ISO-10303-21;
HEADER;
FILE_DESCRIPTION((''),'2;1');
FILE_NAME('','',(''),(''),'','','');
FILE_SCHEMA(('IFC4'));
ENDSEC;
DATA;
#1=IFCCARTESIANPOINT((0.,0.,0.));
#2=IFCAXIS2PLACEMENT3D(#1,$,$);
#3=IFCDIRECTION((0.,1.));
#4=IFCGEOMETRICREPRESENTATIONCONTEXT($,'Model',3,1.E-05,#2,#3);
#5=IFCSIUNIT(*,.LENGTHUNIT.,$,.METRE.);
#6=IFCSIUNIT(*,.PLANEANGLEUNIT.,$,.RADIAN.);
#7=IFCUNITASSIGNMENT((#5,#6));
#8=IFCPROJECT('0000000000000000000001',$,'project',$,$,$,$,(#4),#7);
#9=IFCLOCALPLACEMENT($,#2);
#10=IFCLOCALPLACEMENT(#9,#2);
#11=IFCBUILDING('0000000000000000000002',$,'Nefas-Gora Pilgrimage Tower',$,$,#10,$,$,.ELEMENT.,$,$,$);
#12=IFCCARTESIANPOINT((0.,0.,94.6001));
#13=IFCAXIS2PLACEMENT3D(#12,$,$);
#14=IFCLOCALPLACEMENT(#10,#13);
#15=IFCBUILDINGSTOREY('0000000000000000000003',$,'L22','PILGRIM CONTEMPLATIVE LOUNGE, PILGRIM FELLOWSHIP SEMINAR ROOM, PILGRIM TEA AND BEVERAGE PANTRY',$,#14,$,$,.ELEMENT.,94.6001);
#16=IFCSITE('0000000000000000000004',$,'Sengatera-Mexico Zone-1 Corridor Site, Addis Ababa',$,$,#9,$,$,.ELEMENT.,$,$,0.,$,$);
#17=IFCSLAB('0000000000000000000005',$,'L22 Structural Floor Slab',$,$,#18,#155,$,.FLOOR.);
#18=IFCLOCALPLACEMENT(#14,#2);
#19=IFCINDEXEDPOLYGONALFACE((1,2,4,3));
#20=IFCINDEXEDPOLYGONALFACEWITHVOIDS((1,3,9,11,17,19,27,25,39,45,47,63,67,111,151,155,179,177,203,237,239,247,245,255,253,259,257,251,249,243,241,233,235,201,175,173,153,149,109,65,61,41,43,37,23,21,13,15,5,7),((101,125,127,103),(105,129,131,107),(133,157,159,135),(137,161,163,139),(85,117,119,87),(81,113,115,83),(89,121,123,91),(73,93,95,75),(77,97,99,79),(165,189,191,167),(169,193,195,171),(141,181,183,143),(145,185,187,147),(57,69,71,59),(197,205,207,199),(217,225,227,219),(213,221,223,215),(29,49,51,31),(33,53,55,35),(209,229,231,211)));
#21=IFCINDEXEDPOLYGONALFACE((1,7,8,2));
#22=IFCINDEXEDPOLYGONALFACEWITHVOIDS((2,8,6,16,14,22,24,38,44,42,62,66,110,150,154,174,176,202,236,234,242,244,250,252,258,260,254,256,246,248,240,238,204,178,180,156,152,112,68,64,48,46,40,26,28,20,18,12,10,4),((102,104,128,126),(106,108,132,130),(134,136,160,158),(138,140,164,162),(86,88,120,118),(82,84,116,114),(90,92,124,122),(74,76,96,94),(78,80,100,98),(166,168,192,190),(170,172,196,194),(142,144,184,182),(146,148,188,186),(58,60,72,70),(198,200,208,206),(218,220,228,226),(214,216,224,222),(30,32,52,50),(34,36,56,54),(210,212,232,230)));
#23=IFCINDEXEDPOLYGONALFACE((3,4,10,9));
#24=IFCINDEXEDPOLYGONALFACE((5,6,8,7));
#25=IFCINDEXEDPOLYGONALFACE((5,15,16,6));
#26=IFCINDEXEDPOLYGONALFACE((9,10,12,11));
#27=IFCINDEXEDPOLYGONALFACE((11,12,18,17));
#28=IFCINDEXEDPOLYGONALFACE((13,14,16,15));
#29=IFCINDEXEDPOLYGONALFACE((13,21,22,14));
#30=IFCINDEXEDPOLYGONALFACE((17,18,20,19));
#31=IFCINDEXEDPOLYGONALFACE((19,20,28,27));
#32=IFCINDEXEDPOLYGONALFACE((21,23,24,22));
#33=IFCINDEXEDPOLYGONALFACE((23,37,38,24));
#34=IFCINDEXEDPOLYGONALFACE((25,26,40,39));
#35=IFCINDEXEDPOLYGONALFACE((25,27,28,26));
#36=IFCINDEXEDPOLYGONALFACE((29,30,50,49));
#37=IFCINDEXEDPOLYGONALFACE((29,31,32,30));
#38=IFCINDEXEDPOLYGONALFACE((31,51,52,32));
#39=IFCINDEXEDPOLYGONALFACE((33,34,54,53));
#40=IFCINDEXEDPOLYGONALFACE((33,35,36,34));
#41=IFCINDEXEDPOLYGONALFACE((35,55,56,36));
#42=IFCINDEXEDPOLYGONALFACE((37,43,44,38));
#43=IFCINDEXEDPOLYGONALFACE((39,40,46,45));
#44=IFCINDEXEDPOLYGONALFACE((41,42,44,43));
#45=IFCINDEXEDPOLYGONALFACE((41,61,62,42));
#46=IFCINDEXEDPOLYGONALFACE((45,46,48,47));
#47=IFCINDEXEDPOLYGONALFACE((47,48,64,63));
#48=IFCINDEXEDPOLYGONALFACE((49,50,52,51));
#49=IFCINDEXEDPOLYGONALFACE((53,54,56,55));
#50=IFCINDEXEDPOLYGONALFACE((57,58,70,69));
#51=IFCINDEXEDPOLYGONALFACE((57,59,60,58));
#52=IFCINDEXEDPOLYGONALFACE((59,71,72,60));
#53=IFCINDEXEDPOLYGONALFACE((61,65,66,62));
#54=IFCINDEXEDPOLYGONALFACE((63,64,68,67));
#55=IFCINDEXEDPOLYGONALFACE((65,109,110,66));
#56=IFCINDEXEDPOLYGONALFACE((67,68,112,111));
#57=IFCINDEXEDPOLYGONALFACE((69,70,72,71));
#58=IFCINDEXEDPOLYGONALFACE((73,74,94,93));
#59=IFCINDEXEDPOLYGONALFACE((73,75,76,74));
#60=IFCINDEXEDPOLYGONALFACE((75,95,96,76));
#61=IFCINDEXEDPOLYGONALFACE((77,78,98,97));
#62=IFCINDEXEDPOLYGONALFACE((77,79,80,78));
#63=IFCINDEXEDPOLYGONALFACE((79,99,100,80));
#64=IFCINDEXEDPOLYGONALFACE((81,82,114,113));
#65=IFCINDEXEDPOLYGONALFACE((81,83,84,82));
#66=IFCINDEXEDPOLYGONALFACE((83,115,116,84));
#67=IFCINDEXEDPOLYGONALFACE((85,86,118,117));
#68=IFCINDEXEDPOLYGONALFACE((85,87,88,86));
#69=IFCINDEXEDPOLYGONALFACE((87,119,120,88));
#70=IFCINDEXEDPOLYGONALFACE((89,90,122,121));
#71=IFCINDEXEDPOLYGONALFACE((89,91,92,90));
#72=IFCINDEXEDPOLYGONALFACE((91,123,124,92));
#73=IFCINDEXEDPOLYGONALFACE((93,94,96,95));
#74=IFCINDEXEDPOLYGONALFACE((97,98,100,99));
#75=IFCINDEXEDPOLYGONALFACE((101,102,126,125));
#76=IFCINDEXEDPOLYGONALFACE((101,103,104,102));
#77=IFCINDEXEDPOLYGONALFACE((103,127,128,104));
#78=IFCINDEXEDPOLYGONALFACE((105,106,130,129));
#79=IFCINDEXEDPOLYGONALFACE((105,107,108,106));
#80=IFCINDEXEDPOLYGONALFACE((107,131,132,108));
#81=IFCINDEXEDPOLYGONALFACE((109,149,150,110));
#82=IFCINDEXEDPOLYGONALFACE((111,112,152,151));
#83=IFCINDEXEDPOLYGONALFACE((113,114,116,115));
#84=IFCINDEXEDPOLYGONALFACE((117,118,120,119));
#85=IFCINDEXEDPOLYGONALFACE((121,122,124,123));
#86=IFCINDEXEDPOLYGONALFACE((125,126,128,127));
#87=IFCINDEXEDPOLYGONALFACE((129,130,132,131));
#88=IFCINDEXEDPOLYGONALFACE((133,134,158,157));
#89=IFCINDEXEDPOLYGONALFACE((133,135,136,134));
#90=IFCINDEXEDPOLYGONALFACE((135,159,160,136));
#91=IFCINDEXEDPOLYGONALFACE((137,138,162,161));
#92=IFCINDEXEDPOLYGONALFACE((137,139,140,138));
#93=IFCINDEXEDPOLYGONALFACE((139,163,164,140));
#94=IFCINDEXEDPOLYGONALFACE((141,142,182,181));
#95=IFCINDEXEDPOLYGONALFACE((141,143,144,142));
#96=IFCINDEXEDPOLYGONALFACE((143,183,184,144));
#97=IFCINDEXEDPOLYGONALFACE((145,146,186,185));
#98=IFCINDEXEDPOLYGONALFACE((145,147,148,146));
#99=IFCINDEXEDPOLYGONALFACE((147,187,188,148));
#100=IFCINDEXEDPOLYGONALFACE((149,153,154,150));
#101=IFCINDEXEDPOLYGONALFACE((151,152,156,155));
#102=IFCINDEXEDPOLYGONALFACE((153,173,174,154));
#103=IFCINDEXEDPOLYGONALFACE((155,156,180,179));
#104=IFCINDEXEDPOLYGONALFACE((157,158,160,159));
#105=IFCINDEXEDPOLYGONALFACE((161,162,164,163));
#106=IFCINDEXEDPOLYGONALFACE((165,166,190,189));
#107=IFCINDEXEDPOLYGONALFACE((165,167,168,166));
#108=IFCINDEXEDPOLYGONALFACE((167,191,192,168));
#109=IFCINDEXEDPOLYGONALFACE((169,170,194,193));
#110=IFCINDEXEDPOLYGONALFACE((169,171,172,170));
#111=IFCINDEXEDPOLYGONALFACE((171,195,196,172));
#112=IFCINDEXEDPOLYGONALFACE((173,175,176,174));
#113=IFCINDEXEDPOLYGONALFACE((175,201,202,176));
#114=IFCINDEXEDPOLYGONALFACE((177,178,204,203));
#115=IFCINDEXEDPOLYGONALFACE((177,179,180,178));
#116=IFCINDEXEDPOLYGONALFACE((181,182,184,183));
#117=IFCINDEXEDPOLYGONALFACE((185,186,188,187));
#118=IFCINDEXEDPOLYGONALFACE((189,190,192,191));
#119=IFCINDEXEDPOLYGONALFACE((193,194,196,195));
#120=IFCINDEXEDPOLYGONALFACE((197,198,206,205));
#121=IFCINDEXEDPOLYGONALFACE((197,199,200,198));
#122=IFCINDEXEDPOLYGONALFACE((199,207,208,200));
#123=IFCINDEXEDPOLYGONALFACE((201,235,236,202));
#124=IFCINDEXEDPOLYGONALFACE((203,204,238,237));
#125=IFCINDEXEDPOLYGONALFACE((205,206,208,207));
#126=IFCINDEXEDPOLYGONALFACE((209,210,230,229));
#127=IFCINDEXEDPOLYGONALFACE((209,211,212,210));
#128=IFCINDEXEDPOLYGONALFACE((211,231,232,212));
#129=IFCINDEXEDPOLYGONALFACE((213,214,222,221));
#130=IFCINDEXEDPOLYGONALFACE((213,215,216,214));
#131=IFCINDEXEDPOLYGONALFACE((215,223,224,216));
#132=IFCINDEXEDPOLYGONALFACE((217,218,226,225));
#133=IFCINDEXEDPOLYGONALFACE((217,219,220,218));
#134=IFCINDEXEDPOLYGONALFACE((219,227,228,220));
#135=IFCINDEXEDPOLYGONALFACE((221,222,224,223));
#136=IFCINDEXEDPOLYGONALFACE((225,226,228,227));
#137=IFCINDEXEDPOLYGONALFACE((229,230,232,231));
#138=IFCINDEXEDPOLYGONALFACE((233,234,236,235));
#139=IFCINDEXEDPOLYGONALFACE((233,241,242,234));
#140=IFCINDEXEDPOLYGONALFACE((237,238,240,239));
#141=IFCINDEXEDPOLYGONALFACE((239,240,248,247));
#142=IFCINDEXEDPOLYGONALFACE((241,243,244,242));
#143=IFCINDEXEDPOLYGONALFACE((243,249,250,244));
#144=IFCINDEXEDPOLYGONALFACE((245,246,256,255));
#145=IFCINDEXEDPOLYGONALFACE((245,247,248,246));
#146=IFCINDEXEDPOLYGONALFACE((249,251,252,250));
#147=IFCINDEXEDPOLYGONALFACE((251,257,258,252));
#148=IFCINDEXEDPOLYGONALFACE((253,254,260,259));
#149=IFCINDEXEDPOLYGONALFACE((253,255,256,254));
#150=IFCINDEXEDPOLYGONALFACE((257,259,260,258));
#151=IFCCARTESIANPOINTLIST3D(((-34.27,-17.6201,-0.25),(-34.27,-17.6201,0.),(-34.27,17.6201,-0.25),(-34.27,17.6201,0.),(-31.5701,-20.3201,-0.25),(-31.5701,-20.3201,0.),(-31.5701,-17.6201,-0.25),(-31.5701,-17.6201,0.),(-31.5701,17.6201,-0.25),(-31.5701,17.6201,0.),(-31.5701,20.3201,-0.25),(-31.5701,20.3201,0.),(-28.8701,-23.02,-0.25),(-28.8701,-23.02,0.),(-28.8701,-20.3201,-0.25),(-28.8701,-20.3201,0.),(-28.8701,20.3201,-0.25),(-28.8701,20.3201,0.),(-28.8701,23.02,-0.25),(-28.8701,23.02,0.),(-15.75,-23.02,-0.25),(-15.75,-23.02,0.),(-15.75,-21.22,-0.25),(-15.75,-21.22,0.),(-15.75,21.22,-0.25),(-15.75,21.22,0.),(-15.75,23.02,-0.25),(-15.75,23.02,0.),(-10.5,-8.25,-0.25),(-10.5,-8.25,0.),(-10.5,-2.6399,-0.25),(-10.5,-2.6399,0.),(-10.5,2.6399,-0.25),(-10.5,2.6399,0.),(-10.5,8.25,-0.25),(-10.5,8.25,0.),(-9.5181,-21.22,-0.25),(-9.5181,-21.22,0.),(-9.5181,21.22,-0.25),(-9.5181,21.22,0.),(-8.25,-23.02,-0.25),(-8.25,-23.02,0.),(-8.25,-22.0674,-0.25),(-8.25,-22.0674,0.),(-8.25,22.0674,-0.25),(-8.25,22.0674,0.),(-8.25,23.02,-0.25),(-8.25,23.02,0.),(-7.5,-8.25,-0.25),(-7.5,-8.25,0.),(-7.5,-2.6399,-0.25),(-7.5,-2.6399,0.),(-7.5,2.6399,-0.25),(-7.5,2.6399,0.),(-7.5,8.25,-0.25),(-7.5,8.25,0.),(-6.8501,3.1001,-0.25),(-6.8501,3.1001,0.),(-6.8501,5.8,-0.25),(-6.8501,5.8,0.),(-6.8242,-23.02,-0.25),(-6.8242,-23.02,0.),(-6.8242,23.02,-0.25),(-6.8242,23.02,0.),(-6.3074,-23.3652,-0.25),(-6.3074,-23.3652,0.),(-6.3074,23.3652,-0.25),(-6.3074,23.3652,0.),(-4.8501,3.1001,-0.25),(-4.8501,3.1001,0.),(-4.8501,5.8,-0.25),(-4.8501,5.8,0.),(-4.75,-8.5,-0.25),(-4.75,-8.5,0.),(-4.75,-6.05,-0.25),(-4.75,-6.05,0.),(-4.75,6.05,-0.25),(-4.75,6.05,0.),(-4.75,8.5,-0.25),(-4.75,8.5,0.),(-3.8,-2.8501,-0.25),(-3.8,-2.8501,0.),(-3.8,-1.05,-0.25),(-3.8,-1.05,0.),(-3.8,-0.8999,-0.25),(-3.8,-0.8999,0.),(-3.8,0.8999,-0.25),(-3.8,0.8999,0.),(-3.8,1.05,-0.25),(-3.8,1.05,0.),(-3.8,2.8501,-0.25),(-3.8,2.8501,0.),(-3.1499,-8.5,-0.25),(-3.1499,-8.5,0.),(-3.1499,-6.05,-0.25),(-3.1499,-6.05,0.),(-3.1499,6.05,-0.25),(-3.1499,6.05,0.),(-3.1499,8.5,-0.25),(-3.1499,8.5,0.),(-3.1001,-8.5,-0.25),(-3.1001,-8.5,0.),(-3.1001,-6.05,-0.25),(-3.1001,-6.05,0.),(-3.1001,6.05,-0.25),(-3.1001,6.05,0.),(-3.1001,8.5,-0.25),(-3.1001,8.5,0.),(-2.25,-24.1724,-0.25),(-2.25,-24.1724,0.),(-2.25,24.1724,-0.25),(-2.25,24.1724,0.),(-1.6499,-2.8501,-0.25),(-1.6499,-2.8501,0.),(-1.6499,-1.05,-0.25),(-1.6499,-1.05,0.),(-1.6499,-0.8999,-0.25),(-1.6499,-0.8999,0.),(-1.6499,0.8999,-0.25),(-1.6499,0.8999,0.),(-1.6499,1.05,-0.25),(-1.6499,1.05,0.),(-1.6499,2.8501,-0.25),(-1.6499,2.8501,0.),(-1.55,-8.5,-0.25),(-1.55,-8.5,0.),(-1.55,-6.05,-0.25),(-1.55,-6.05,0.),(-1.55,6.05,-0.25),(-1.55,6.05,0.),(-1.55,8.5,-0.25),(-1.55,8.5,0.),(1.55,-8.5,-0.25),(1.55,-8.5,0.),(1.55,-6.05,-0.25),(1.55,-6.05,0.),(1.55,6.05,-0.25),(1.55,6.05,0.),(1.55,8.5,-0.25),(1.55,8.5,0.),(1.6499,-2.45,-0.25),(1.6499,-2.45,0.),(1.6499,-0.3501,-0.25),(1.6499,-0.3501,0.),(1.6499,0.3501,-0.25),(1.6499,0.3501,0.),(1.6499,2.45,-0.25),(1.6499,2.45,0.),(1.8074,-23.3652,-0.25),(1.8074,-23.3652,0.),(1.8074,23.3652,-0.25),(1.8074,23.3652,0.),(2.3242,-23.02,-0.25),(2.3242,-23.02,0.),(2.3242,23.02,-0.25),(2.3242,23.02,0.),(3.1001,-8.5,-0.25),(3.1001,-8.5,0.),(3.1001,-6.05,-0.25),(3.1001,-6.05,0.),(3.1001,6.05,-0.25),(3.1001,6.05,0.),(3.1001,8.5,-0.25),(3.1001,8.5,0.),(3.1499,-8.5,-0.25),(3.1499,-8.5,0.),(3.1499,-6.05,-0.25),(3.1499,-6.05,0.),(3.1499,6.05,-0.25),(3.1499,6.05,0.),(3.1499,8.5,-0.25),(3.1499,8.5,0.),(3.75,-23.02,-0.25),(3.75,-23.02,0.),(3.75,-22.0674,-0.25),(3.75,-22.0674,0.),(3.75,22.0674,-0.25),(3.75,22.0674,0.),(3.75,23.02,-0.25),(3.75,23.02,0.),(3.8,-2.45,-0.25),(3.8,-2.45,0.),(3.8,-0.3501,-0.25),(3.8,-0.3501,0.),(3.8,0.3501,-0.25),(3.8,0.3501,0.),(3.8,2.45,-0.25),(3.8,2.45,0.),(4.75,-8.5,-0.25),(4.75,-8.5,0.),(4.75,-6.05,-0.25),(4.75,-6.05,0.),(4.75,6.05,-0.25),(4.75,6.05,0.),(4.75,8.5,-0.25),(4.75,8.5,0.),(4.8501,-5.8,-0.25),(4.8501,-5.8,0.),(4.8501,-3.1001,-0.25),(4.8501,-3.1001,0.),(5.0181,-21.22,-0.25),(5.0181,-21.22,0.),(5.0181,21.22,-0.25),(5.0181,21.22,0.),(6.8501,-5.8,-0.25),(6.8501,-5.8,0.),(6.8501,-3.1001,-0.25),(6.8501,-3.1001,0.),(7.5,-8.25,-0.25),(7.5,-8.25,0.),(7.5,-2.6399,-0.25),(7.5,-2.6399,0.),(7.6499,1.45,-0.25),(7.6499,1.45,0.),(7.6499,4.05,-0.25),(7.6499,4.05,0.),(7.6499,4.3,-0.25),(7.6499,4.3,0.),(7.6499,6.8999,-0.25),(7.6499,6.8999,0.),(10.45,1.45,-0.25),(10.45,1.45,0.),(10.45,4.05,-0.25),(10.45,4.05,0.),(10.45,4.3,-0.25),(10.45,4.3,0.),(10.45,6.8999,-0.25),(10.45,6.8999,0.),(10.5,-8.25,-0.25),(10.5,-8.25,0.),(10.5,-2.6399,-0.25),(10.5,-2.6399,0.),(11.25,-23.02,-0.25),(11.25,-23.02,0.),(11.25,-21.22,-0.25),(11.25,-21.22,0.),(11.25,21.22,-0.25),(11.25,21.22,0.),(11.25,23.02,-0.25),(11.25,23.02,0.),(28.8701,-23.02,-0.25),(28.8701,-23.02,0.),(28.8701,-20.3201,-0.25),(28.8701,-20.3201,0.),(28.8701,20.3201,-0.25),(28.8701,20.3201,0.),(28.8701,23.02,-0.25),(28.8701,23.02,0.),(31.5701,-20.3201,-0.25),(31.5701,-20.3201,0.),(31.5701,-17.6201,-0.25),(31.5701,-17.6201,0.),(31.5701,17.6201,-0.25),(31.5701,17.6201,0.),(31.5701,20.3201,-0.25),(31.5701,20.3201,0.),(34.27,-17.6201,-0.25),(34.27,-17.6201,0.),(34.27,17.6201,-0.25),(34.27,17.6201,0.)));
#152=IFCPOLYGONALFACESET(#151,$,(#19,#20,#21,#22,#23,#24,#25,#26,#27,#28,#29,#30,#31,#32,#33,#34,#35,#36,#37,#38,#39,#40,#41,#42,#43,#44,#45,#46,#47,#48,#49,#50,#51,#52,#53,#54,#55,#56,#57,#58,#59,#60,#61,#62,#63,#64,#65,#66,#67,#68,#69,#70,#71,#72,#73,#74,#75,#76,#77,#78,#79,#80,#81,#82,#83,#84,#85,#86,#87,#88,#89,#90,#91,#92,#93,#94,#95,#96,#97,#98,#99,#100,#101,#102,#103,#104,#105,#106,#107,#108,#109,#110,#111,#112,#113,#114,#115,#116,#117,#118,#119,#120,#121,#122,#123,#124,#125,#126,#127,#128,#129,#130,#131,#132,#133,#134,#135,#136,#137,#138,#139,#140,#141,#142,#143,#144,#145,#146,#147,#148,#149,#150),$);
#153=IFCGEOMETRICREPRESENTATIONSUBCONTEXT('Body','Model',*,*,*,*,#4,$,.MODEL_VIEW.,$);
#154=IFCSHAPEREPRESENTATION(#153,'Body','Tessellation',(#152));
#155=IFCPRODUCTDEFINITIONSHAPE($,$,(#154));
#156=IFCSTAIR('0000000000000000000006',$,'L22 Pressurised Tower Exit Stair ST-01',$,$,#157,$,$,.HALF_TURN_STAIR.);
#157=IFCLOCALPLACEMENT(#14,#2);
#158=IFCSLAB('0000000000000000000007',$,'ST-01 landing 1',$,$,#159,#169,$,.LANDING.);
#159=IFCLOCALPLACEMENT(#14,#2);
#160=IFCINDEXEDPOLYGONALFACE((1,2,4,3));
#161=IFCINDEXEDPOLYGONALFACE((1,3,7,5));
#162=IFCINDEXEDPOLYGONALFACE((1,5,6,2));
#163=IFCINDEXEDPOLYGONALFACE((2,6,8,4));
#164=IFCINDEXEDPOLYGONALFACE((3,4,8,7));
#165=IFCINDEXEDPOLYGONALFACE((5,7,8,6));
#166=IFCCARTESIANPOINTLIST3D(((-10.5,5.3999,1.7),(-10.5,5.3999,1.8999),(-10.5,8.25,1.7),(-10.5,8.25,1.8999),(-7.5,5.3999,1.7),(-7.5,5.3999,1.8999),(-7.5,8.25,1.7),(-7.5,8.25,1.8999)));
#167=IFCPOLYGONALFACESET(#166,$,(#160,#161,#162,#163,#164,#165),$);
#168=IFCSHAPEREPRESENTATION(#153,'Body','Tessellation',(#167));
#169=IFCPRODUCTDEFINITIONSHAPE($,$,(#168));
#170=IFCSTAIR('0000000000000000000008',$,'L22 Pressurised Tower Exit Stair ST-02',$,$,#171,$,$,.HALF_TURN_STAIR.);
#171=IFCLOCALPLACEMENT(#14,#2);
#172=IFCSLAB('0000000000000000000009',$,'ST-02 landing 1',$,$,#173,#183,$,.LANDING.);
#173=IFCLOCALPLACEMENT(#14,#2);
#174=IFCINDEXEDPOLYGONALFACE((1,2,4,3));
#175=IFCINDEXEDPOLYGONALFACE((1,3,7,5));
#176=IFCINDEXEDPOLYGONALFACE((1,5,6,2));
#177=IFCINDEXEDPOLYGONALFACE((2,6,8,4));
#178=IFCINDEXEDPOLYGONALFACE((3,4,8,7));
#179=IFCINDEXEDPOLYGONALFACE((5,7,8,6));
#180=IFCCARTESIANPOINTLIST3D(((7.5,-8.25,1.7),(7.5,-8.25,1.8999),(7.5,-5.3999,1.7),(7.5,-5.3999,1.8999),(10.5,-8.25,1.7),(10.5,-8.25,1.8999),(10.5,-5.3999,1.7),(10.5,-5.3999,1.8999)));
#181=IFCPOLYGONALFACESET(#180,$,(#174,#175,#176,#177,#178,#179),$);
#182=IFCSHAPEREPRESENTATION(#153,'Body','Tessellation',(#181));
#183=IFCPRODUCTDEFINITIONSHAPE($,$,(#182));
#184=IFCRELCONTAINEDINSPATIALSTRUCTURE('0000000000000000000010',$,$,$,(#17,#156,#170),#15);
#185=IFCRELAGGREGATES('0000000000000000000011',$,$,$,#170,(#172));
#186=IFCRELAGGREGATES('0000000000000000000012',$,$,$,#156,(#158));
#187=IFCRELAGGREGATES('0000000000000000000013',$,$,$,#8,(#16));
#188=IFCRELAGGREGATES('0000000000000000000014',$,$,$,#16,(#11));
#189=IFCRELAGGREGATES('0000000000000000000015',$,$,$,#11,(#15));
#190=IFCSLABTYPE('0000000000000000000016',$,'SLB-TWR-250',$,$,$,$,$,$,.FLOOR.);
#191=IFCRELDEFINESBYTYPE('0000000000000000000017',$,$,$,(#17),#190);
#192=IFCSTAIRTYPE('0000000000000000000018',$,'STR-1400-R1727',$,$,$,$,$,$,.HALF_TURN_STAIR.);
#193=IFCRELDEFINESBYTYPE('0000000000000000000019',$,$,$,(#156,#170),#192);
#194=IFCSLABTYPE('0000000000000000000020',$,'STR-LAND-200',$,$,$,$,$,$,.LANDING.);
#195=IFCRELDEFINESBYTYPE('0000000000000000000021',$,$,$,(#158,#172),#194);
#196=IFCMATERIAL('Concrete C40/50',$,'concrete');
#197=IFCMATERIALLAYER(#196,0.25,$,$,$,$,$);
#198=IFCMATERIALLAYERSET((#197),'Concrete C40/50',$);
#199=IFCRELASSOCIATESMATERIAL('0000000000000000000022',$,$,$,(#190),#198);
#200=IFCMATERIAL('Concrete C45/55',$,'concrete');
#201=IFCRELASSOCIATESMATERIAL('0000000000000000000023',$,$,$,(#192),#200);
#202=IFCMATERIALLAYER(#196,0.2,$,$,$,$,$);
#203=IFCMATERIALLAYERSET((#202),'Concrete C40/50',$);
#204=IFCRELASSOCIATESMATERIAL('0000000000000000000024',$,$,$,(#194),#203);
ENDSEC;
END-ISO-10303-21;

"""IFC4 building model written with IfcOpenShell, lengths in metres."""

from ifc_helpers import new_model, si_unit, direction, frame, origin, place, context, subcontext, project, spatial, polyline, outline, extrude, material, layer, layer_set, type_object, element, aggregate, save


model = new_model("IFC4")

# Units and contexts
model_context = context("Model", 3, precision=1e-05, world=origin(), true_north=direction((0.0, 1.0)))
body_context = subcontext(model_context, "Body", "Model", "MODEL_VIEW")
ifc_project = project(units=[si_unit("LENGTHUNIT", "METRE"), si_unit("PLANEANGLEUNIT", "RADIAN")], contexts=[model_context])

# Site, building, storey
site_placement = place(None, origin())
site = spatial("IfcSite", under=ifc_project, at=site_placement, Name="Sengatera-Mexico Zone-1 Corridor Site, Addis Ababa", CompositionType="ELEMENT", RefElevation=0.0)
building_placement = place(site_placement, origin())
building = spatial("IfcBuilding", under=site, at=building_placement, Name="Nefas-Gora Pilgrimage Tower", CompositionType="ELEMENT")
storey_placement = place(building_placement, frame((0.0, 0.0, 94.6001)))
storey = spatial("IfcBuildingStorey", under=building, at=storey_placement, Name="L22", Description="PILGRIM CONTEMPLATIVE LOUNGE, PILGRIM FELLOWSHIP SEMINAR ROOM, PILGRIM TEA AND BEVERAGE PANTRY", CompositionType="ELEMENT", Elevation=94.6001)

# Slab
ifc_material_1 = material(Name="Concrete C40/50", Category="concrete")
ifc_layer_1 = layer(ifc_material_1, 0.25)
ifc_layer_set_1 = layer_set([ifc_layer_1], Name="Concrete C40/50")
slab_type_1 = type_object("IfcSlabType", Name="SLB-TWR-250", PredefinedType="FLOOR", material=ifc_layer_set_1)
slab_1_placement = place(storey_placement, frame((0.0, 0.0, -0.25)))
element("IfcSlab", 1, at=slab_1_placement, inside=storey, type_object=slab_type_1, Name="L22 Structural Floor Slab", PredefinedType="FLOOR", context=body_context, shape_type="SweptSolid", body=[
    extrude(outline(polyline([(5.0181, -21.22), (11.25, -21.22), (11.25, -23.02), (28.8701, -23.02), (28.8701, -20.3201), (31.5701, -20.3201), (31.5701, -17.6201), (34.27, -17.6201), (34.27, 17.6201), (31.5701, 17.6201), (31.5701, 20.3201), (28.8701, 20.3201), (28.8701, 23.02), (11.25, 23.02), (11.25, 21.22), (5.0181, 21.22), (3.75, 22.0674), (3.75, 23.02), (2.3242, 23.02), (1.8074, 23.3652), (-2.25, 24.1724), (-6.3074, 23.3652), (-6.8242, 23.02), (-8.25, 23.02), (-8.25, 22.0674), (-9.5181, 21.22), (-15.75, 21.22), (-15.75, 23.02), (-28.8701, 23.02), (-28.8701, 20.3201), (-31.5701, 20.3201), (-31.5701, 17.6201), (-34.27, 17.6201), (-34.27, -17.6201), (-31.5701, -17.6201), (-31.5701, -20.3201), (-28.8701, -20.3201), (-28.8701, -23.02), (-15.75, -23.02), (-15.75, -21.22), (-9.5181, -21.22), (-8.25, -22.0674), (-8.25, -23.02), (-6.8242, -23.02), (-6.3074, -23.3652), (-2.25, -24.1724), (1.8074, -23.3652), (2.3242, -23.02), (3.75, -23.02), (3.75, -22.0674), (5.0181, -21.22)]), holes=[polyline([(-10.5, 2.6399), (-10.5, 8.25), (-7.5, 8.25), (-7.5, 2.6399), (-10.5, 2.6399)]), polyline([(10.5, -2.6399), (10.5, -8.25), (7.5, -8.25), (7.5, -2.6399), (10.5, -2.6399)]), polyline([(-7.5, -2.6399), (-7.5, -8.25), (-10.5, -8.25), (-10.5, -2.6399), (-7.5, -2.6399)]), polyline([(-6.8501, 5.8), (-4.8501, 5.8), (-4.8501, 3.1001), (-6.8501, 3.1001), (-6.8501, 5.8)]), polyline([(4.8501, -3.1001), (6.8501, -3.1001), (6.8501, -5.8), (4.8501, -5.8), (4.8501, -3.1001)]), polyline([(7.6499, 4.05), (10.45, 4.05), (10.45, 1.45), (7.6499, 1.45), (7.6499, 4.05)]), polyline([(7.6499, 6.8999), (10.45, 6.8999), (10.45, 4.3), (7.6499, 4.3), (7.6499, 6.8999)]), polyline([(-4.75, 8.5), (-3.1499, 8.5), (-3.1499, 6.05), (-4.75, 6.05), (-4.75, 8.5)]), polyline([(-3.1001, 8.5), (-1.55, 8.5), (-1.55, 6.05), (-3.1001, 6.05), (-3.1001, 8.5)]), polyline([(1.55, 8.5), (3.1001, 8.5), (3.1001, 6.05), (1.55, 6.05), (1.55, 8.5)]), polyline([(3.1499, 8.5), (4.75, 8.5), (4.75, 6.05), (3.1499, 6.05), (3.1499, 8.5)]), polyline([(-4.75, -6.05), (-3.1499, -6.05), (-3.1499, -8.5), (-4.75, -8.5), (-4.75, -6.05)]), polyline([(-3.1001, -6.05), (-1.55, -6.05), (-1.55, -8.5), (-3.1001, -8.5), (-3.1001, -6.05)]), polyline([(1.55, -6.05), (3.1001, -6.05), (3.1001, -8.5), (1.55, -8.5), (1.55, -6.05)]), polyline([(3.1499, -6.05), (4.75, -6.05), (4.75, -8.5), (3.1499, -8.5), (3.1499, -6.05)]), polyline([(-3.8, -1.05), (-1.6499, -1.05), (-1.6499, -2.8501), (-3.8, -2.8501), (-3.8, -1.05)]), polyline([(-3.8, 0.8999), (-1.6499, 0.8999), (-1.6499, -0.8999), (-3.8, -0.8999), (-3.8, 0.8999)]), polyline([(-3.8, 2.8501), (-1.6499, 2.8501), (-1.6499, 1.05), (-3.8, 1.05), (-3.8, 2.8501)]), polyline([(1.6499, -0.3501), (3.8, -0.3501), (3.8, -2.45), (1.6499, -2.45), (1.6499, -0.3501)]), polyline([(1.6499, 2.45), (3.8, 2.45), (3.8, 0.3501), (1.6499, 0.3501), (1.6499, 2.45)])]), origin(), (0.0, 0.0, 1.0), 0.25),
])

# Stairs, slabs
ifc_material_2 = material(Name="Concrete C45/55", Category="concrete")
stair_type = type_object("IfcStairType", Name="STR-1400-R1727", PredefinedType="HALF_TURN_STAIR", material=ifc_material_2)
stair_1_placement = place(storey_placement, origin())
stair_1 = element("IfcStair", 2, at=stair_1_placement, inside=storey, type_object=stair_type, Name="L22 Pressurised Tower Exit Stair ST-01", PredefinedType="HALF_TURN_STAIR")
ifc_layer_2 = layer(ifc_material_1, 0.2)
ifc_layer_set_2 = layer_set([ifc_layer_2], Name="Concrete C40/50")
slab_type_2 = type_object("IfcSlabType", Name="STR-LAND-200", PredefinedType="LANDING", material=ifc_layer_set_2)
slab_2_placement = place(storey_placement, frame((0.0, 0.0, 1.7)))
slab_2 = element("IfcSlab", 3, at=slab_2_placement, type_object=slab_type_2, Name="ST-01 landing 1", PredefinedType="LANDING", context=body_context, shape_type="SweptSolid", body=[
    extrude(outline(polyline([(-7.5, 5.3999), (-7.5, 8.25), (-10.5, 8.25), (-10.5, 5.3999), (-7.5, 5.3999)])), origin(), (0.0, 0.0, 1.0), 0.2),
])
stair_2_placement = place(storey_placement, origin())
stair_2 = element("IfcStair", 4, at=stair_2_placement, inside=storey, type_object=stair_type, Name="L22 Pressurised Tower Exit Stair ST-02", PredefinedType="HALF_TURN_STAIR")
slab_3_placement = place(storey_placement, frame((0.0, 0.0, 1.7)))
slab_3 = element("IfcSlab", 5, at=slab_3_placement, type_object=slab_type_2, Name="ST-02 landing 1", PredefinedType="LANDING", context=body_context, shape_type="SweptSolid", body=[
    extrude(outline(polyline([(7.5, -5.3999), (7.5, -8.25), (10.5, -8.25), (10.5, -5.3999), (7.5, -5.3999)])), origin(), (0.0, 0.0, 1.0), 0.2),
])
aggregate(stair_2, [slab_3])

aggregate(stair_1, [slab_2])

save(model, "model.ifc")
